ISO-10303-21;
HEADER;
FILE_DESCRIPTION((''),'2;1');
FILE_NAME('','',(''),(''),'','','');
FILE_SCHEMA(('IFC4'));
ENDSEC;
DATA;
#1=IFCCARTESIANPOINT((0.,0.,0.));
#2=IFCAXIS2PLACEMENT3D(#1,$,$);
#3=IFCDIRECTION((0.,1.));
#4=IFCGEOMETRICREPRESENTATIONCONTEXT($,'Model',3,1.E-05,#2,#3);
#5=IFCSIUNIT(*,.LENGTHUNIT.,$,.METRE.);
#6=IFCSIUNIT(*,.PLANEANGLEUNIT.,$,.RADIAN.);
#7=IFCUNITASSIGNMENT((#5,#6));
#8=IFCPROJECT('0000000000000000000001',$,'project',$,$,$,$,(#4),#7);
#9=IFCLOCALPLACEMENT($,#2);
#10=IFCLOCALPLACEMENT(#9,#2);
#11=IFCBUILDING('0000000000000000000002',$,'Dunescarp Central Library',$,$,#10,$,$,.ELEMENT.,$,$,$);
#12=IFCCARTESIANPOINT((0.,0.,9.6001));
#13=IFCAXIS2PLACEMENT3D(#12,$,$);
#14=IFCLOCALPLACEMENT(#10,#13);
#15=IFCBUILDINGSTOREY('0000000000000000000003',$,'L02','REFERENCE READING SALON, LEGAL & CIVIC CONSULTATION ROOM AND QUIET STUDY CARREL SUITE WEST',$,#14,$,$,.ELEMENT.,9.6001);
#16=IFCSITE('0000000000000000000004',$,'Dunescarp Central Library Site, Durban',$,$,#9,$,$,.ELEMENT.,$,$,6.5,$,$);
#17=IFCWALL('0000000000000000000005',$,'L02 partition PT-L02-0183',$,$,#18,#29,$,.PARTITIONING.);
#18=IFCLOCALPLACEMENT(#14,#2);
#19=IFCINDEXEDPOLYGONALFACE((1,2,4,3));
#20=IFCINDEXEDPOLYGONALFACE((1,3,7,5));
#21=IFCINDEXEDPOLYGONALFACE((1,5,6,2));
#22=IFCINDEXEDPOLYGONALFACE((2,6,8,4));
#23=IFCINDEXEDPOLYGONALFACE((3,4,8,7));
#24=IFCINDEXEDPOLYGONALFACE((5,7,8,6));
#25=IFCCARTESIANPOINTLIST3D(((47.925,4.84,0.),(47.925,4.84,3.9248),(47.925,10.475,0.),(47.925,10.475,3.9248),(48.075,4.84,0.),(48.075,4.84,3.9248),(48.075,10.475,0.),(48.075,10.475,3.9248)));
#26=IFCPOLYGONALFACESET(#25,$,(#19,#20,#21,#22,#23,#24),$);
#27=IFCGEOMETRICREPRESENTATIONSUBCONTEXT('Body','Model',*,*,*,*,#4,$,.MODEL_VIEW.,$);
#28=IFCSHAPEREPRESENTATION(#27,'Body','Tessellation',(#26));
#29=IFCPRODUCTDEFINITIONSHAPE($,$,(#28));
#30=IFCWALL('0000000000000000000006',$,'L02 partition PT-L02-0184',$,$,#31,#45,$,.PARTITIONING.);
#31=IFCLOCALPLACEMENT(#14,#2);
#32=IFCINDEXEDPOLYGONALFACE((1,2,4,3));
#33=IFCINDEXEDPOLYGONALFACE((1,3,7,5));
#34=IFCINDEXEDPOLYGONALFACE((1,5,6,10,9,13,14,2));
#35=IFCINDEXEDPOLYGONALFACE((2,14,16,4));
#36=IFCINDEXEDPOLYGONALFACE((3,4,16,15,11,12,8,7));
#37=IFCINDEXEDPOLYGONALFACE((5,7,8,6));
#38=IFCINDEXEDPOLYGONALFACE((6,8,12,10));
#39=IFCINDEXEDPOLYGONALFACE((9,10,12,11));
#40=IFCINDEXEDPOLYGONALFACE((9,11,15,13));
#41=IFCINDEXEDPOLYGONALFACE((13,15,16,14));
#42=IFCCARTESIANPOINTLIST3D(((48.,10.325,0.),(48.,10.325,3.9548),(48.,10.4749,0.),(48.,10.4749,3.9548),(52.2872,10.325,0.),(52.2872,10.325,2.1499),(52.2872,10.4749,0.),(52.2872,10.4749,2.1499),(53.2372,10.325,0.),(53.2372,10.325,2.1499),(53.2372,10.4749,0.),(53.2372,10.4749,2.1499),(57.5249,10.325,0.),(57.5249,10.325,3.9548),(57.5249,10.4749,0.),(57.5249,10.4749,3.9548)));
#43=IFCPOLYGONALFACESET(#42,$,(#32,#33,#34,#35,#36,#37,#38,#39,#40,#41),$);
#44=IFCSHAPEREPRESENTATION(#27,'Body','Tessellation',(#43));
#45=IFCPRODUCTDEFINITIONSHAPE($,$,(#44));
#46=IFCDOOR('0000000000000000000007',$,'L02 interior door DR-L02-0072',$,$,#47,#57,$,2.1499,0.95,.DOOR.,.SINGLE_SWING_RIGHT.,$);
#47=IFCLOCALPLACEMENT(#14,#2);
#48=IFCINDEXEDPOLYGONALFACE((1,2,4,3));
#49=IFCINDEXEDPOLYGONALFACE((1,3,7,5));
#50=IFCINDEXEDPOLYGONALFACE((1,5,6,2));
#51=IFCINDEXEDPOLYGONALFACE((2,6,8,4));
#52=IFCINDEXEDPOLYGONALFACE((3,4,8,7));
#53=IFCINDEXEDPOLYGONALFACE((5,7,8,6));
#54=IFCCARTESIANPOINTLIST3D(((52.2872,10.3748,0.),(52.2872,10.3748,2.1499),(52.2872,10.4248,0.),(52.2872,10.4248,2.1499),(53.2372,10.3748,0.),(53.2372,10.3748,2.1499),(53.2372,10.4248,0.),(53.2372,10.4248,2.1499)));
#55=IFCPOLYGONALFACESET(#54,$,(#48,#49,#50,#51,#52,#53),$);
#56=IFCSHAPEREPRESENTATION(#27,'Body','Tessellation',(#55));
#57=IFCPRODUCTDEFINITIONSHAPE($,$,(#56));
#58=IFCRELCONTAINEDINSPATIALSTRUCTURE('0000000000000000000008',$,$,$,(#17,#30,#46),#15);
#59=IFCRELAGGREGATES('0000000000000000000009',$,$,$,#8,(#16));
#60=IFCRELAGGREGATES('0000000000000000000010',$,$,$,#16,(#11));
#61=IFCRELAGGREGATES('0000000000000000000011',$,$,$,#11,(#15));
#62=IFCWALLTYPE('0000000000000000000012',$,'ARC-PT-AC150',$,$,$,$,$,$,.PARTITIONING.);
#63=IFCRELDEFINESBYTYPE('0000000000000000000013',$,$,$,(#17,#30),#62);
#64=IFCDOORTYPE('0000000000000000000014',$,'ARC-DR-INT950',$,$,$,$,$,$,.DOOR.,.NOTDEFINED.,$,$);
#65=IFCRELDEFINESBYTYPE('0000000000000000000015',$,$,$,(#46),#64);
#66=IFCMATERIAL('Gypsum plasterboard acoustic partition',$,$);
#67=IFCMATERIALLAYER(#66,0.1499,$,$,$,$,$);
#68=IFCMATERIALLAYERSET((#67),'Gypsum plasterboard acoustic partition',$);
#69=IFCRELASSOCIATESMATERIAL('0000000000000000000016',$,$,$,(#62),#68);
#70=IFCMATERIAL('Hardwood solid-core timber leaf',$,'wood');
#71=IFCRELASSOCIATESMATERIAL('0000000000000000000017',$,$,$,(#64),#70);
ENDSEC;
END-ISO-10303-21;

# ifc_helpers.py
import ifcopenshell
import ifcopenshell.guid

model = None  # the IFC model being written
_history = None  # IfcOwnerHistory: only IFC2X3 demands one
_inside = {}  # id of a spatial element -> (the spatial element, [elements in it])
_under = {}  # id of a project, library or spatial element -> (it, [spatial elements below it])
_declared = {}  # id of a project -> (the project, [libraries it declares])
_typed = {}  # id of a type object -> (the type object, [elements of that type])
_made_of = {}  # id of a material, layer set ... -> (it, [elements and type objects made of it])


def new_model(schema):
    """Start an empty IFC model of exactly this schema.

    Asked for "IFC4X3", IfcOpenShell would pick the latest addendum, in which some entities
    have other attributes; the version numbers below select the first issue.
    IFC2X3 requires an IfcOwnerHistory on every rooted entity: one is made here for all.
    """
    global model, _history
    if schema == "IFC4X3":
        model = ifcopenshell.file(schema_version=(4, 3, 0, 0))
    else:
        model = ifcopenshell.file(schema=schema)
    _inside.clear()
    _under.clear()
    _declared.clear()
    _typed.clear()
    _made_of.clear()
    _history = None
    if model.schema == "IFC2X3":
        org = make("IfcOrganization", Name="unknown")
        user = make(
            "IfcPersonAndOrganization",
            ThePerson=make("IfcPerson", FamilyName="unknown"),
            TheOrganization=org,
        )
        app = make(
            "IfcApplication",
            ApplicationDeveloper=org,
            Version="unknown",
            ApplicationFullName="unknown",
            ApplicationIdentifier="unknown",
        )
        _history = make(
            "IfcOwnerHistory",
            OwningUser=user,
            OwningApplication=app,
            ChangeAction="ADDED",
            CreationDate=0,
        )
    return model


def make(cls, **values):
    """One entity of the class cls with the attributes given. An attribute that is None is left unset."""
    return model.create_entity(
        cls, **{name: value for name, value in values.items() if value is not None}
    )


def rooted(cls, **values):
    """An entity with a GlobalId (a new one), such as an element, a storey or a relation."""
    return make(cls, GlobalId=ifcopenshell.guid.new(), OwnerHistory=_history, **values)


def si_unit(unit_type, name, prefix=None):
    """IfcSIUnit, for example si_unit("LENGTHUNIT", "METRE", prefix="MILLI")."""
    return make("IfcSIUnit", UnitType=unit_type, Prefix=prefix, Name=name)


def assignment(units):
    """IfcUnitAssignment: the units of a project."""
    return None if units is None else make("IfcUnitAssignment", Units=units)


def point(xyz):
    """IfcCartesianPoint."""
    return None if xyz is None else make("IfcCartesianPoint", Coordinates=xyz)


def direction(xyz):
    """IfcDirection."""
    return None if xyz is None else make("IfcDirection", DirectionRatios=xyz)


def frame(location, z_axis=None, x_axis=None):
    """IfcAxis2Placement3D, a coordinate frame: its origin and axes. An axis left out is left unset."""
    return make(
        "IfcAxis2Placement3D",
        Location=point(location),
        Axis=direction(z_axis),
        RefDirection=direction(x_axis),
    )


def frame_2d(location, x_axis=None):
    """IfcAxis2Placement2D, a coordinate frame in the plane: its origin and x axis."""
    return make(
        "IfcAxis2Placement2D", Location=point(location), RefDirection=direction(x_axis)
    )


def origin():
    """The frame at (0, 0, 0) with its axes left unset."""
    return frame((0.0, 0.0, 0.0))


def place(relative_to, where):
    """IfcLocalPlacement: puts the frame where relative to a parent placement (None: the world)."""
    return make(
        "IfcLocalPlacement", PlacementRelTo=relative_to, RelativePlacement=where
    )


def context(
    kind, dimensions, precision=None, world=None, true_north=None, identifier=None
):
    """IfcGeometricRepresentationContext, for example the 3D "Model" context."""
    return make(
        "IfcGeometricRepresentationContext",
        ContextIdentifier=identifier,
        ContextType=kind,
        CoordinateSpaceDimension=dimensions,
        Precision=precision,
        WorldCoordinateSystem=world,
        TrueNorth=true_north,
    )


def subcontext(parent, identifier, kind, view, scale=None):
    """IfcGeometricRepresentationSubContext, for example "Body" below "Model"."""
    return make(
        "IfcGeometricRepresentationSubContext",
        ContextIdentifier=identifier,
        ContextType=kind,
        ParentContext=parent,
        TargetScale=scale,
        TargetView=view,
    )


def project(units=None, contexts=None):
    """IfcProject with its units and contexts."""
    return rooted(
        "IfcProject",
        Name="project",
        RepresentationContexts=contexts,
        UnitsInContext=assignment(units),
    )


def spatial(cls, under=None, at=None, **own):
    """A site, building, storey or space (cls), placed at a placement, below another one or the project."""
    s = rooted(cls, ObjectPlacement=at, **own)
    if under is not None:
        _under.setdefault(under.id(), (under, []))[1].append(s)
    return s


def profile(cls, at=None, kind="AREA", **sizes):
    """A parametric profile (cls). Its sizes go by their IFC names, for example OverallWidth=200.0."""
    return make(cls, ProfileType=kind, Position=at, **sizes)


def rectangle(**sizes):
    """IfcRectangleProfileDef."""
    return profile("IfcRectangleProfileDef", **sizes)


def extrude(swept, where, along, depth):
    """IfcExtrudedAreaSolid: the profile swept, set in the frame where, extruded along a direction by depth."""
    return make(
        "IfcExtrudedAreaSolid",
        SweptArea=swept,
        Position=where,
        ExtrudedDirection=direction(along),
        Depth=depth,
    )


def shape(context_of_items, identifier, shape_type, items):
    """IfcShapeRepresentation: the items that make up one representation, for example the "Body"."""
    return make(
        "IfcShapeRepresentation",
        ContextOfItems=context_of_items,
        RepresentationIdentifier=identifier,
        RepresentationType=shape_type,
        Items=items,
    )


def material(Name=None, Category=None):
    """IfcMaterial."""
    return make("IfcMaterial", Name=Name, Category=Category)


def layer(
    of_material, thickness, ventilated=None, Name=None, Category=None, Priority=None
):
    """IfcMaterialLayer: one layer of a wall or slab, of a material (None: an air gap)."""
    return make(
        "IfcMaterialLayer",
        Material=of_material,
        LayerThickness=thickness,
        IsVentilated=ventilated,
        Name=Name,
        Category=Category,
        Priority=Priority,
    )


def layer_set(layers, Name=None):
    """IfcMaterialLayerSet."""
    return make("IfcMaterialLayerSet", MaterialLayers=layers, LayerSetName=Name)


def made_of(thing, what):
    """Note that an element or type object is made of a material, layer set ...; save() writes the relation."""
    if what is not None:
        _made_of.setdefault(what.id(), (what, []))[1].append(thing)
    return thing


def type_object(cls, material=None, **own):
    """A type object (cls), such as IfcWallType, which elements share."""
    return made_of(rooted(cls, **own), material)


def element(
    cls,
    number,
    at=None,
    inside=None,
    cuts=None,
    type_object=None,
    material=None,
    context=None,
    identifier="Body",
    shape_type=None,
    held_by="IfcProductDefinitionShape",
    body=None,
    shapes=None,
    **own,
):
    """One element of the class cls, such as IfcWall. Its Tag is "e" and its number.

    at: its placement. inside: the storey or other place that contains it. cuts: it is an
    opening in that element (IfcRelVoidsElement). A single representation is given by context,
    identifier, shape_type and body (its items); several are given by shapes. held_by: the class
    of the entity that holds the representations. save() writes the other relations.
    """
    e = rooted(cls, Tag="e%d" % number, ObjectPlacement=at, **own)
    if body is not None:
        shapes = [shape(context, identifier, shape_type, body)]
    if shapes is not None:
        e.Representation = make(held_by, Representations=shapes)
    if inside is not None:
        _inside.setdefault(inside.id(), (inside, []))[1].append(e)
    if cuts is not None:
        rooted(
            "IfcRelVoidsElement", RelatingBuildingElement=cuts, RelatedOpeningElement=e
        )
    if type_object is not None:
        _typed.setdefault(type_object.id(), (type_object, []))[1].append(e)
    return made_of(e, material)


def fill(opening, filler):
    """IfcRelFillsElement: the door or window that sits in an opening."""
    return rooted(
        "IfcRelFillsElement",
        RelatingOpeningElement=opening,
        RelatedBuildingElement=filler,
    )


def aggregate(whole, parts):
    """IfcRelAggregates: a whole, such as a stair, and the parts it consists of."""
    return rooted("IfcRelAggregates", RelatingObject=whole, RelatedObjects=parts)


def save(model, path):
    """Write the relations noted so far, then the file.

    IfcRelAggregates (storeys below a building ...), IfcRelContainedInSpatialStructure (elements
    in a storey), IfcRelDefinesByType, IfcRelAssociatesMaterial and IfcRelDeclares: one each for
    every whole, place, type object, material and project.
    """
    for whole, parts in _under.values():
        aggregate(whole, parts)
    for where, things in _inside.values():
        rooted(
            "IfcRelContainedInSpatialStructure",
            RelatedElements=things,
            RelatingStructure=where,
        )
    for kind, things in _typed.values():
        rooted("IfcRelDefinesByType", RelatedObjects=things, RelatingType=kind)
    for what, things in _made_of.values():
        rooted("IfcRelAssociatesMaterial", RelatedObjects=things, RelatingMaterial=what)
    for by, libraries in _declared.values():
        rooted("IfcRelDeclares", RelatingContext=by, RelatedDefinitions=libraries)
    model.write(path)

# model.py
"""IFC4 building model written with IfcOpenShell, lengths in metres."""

from ifc_helpers import new_model, si_unit, direction, frame, frame_2d, origin, place, context, subcontext, project, spatial, rectangle, extrude, material, layer, layer_set, type_object, element, fill, save


model = new_model("IFC4")

# Units and contexts
model_context = context("Model", 3, precision=1e-05, world=origin(), true_north=direction((0.0, 1.0)))
body_context = subcontext(model_context, "Body", "Model", "MODEL_VIEW")
ifc_project = project(units=[si_unit("LENGTHUNIT", "METRE"), si_unit("PLANEANGLEUNIT", "RADIAN")], contexts=[model_context])

# Site, building, storey
site_placement = place(None, origin())
site = spatial("IfcSite", under=ifc_project, at=site_placement, Name="Dunescarp Central Library Site, Durban", CompositionType="ELEMENT", RefElevation=6.5)
building_placement = place(site_placement, origin())
building = spatial("IfcBuilding", under=site, at=building_placement, Name="Dunescarp Central Library", CompositionType="ELEMENT")
storey_placement = place(building_placement, frame((0.0, 0.0, 9.6001)))
storey = spatial("IfcBuildingStorey", under=building, at=storey_placement, Name="L02", Description="REFERENCE READING SALON, LEGAL & CIVIC CONSULTATION ROOM AND QUIET STUDY CARREL SUITE WEST", CompositionType="ELEMENT", Elevation=9.6001)

# Wall
ifc_material_1 = material(Name="Gypsum plasterboard acoustic partition")
ifc_layer_1 = layer(ifc_material_1, 0.1499)
ifc_layer_set_1 = layer_set([ifc_layer_1], Name="Gypsum plasterboard acoustic partition")
wall_type = type_object("IfcWallType", Name="ARC-PT-AC150", PredefinedType="PARTITIONING", material=ifc_layer_set_1)
wall_1_placement = place(storey_placement, frame((48.0, 4.8401, 0.0), z_axis=(0.0, 0.0, 1.0), x_axis=(0.0, 1.0, 0.0)))
element("IfcWall", 1, at=wall_1_placement, inside=storey, type_object=wall_type, Name="L02 partition PT-L02-0183", PredefinedType="PARTITIONING", context=body_context, shape_type="SweptSolid", body=[
    extrude(rectangle(XDim=5.635, YDim=0.1499, at=frame_2d((2.8174, 0.0))), origin(), (0.0, 0.0, 1.0), 3.9248),
])

# Wall, opening, door
wall_2_placement = place(storey_placement, frame((48.0, 10.3999, 0.0), z_axis=(0.0, 0.0, 1.0), x_axis=(1.0, 0.0, 0.0)))
wall_2 = element("IfcWall", 2, at=wall_2_placement, inside=storey, type_object=wall_type, Name="L02 partition PT-L02-0184", PredefinedType="PARTITIONING", context=body_context, shape_type="SweptSolid", body=[
    extrude(rectangle(XDim=9.5249, YDim=0.1499, at=frame_2d((4.7625, 0.0))), origin(), (0.0, 0.0, 1.0), 3.9548),
])
opening_placement = place(wall_2_placement, frame((4.2871, 0.0, 0.0)))
opening = element("IfcOpeningElement", 3, at=opening_placement, cuts=wall_2, PredefinedType="OPENING", context=body_context, shape_type="SweptSolid", body=[
    extrude(rectangle(XDim=0.95, YDim=2.1499, at=frame_2d((0.4751, 1.075))), frame((0.0, 0.085, 0.0), z_axis=(0.0, -1.0, 0.0), x_axis=(1.0, 0.0, 0.0)), (0.0, 0.0, 1.0), 0.1699),
])
ifc_material_2 = material(Name="Hardwood solid-core timber leaf", Category="wood")
door_type = type_object("IfcDoorType", Name="ARC-DR-INT950", OperationType="NOTDEFINED", PredefinedType="DOOR", material=ifc_material_2)
door_placement = place(opening_placement, origin())
door = element("IfcDoor", 4, at=door_placement, inside=storey, type_object=door_type, Name="L02 interior door DR-L02-0072", OperationType="SINGLE_SWING_RIGHT", OverallHeight=2.1499, OverallWidth=0.95, PredefinedType="DOOR", context=body_context, shape_type="SweptSolid", body=[
    extrude(rectangle(XDim=0.95, YDim=2.1499, at=frame_2d((0.4751, 1.075))), frame((0.0, 0.0249, 0.0), z_axis=(0.0, -1.0, 0.0), x_axis=(1.0, 0.0, 0.0)), (0.0, 0.0, 1.0), 0.05),
])
fill(opening, door)

save(model, "model.ifc")
